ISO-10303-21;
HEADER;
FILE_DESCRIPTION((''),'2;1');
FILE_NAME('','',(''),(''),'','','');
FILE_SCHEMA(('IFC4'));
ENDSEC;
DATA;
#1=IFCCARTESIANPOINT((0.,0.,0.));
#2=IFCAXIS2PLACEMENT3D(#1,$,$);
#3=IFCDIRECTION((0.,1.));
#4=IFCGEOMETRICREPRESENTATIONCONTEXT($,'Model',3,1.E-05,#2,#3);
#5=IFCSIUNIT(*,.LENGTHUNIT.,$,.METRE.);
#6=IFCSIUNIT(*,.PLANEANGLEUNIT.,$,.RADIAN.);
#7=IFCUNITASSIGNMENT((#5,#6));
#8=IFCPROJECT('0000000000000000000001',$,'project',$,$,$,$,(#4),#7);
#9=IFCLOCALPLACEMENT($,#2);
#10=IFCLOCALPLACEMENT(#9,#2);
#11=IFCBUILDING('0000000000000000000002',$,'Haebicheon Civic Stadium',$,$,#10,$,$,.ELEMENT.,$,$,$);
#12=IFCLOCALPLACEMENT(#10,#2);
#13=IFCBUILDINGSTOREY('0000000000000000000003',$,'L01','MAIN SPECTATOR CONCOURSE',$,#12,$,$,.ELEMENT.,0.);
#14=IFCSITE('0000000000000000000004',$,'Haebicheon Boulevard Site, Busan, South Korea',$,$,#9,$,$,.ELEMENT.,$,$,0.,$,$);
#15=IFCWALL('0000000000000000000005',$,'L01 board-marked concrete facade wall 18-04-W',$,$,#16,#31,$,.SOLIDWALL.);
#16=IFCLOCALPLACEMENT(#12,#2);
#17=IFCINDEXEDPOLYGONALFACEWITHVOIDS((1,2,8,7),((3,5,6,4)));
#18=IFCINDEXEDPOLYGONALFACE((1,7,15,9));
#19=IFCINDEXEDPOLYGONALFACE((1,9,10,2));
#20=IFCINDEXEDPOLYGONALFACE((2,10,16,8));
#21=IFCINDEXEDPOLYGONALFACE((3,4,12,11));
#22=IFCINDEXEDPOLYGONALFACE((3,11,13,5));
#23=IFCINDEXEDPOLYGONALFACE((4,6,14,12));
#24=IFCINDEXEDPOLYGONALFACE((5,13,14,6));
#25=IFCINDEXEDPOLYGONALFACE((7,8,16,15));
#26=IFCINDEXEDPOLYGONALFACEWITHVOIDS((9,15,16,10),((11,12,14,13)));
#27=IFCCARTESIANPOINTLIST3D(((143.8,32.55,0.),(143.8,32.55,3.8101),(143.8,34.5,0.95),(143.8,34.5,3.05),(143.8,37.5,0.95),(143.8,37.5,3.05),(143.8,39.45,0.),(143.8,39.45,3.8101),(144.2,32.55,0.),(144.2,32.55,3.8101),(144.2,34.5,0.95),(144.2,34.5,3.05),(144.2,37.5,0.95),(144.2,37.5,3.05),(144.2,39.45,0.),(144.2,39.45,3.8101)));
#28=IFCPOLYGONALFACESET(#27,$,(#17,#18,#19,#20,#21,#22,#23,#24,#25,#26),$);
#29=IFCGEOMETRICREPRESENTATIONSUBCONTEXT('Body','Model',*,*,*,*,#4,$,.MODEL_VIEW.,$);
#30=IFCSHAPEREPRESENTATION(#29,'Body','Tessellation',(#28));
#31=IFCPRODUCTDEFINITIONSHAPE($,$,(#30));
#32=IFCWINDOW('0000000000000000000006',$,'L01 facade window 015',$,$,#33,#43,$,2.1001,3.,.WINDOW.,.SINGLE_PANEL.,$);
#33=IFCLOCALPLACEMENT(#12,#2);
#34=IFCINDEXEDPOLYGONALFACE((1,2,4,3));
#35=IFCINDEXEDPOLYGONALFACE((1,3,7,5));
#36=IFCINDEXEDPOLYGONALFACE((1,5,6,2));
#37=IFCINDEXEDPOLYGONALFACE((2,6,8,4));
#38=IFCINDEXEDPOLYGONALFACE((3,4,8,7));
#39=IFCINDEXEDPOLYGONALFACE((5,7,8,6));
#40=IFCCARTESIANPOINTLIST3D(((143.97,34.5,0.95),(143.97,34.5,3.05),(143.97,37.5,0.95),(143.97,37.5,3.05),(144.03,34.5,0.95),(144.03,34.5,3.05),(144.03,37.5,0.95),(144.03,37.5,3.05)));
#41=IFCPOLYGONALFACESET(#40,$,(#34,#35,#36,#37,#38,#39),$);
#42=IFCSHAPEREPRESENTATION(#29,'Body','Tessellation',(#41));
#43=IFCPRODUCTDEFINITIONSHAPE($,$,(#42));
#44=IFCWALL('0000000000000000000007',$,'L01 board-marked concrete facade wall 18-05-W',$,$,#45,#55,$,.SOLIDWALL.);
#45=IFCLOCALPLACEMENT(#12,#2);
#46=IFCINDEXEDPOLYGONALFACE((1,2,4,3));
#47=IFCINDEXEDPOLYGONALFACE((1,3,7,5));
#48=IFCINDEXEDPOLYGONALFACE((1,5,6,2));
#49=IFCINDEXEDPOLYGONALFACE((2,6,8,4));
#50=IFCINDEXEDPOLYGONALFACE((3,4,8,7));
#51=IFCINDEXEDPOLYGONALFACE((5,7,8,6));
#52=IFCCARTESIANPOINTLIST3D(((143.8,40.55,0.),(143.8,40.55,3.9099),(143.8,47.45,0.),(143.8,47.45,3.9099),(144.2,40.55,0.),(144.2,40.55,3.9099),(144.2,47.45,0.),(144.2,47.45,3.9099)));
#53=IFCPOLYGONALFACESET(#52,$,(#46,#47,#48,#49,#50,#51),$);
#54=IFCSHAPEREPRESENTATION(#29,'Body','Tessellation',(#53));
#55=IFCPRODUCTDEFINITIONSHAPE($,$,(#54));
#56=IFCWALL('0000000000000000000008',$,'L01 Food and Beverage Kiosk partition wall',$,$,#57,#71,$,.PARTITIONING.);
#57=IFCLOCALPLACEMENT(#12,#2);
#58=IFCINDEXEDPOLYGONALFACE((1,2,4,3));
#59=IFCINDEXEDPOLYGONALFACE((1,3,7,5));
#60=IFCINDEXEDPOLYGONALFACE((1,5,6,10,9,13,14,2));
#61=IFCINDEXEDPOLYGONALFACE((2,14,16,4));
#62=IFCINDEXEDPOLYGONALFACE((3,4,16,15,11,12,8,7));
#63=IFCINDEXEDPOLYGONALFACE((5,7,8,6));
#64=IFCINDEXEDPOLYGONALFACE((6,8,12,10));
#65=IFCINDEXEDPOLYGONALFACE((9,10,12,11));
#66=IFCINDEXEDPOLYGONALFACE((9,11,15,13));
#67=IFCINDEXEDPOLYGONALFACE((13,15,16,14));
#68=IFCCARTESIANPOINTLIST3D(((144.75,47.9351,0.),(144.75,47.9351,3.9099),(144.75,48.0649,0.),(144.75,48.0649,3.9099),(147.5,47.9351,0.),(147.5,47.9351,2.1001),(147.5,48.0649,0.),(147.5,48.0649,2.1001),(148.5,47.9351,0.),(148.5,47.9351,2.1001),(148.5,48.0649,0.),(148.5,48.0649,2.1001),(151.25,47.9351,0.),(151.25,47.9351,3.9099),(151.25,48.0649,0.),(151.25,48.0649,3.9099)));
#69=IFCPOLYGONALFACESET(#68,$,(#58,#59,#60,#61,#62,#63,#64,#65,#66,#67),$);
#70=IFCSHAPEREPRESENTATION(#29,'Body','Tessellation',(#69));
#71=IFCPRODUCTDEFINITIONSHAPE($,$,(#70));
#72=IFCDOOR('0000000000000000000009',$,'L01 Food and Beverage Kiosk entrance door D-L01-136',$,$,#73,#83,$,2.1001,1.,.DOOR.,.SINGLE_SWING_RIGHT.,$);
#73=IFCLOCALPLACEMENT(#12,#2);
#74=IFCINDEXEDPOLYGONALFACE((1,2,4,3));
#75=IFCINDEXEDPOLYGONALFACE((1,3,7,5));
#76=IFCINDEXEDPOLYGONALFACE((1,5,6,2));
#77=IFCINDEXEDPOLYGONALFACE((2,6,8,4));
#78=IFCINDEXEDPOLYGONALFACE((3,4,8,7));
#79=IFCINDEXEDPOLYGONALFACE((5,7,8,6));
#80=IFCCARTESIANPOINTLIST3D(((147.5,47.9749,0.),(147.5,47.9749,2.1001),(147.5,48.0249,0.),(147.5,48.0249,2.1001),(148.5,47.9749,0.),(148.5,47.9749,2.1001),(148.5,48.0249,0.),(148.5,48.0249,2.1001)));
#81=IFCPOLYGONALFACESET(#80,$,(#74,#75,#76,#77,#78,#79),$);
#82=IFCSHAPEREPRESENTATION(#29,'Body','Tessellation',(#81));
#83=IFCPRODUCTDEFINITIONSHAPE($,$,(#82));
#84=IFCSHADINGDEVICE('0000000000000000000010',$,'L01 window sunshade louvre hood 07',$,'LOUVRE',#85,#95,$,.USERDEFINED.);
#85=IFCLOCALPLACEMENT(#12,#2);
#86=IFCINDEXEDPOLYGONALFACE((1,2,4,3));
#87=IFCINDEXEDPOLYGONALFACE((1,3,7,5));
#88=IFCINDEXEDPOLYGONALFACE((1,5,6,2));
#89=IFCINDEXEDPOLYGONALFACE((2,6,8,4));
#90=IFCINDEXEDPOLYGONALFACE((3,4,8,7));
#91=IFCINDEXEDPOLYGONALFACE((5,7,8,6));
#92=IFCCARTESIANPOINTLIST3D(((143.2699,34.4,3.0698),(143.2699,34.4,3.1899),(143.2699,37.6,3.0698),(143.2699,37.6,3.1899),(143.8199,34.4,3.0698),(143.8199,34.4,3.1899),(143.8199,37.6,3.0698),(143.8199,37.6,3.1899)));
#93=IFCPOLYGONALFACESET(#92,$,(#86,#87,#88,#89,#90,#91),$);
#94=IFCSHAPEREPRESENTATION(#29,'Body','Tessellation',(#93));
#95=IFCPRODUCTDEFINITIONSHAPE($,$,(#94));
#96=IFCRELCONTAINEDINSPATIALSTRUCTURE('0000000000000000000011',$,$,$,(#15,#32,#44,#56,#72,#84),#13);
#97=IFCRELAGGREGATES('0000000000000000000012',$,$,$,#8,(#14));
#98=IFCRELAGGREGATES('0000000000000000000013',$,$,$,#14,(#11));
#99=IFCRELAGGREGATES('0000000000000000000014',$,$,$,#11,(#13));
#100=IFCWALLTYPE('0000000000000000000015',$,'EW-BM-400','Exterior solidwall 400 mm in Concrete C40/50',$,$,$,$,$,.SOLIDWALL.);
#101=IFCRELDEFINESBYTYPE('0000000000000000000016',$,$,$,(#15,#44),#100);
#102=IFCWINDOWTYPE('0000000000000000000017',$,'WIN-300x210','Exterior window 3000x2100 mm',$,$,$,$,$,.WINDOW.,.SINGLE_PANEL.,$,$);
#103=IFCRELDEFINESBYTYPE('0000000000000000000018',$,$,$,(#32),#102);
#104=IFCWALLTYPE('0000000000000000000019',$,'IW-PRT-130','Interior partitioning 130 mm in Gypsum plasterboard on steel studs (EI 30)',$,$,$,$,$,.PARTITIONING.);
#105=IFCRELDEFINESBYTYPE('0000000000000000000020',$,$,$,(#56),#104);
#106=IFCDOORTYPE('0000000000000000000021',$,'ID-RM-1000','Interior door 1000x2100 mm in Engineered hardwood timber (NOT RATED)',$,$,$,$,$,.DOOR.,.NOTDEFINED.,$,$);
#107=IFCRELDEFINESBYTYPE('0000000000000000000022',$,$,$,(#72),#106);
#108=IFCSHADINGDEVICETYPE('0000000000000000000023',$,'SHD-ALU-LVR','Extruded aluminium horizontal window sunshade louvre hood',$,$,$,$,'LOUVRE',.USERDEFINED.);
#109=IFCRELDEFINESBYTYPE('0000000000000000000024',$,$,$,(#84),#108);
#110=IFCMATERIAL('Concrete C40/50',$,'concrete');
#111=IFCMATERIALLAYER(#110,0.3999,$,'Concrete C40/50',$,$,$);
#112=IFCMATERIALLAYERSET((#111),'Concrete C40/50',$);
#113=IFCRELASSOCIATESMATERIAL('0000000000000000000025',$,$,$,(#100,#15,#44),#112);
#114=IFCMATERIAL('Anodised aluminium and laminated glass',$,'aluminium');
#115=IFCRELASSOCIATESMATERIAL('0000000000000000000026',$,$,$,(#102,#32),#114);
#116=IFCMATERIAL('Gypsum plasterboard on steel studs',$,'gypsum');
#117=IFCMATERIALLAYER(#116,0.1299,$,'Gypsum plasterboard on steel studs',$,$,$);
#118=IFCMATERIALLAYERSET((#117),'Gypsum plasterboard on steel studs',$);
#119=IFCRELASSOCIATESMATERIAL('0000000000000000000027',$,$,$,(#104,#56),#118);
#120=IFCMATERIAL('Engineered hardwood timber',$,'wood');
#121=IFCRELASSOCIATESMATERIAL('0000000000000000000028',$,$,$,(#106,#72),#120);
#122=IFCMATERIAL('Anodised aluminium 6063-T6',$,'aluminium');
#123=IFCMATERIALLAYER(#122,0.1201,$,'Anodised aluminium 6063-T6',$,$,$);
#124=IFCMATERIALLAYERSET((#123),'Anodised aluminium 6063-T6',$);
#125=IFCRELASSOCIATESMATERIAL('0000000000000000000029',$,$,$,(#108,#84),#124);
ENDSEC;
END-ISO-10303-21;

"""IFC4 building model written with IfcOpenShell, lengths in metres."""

from ifc_helpers import new_model, si_unit, direction, frame, frame_2d, origin, origin_2d, place, context, subcontext, project, spatial, rectangle, extrude, material, layer, layer_set, type_object, element, fill, save


model = new_model("IFC4")

# Units and contexts
model_context = context("Model", 3, precision=1e-05, world=origin(), true_north=direction((0.0, 1.0)))
body_context = subcontext(model_context, "Body", "Model", "MODEL_VIEW")
ifc_project = project(units=[si_unit("LENGTHUNIT", "METRE"), si_unit("PLANEANGLEUNIT", "RADIAN")], contexts=[model_context])

# Site, building, storey
site_placement = place(None, origin())
site = spatial("IfcSite", under=ifc_project, at=site_placement, Name="Haebicheon Boulevard Site, Busan, South Korea", CompositionType="ELEMENT", RefElevation=0.0)
building_placement = place(site_placement, origin())
building = spatial("IfcBuilding", under=site, at=building_placement, Name="Haebicheon Civic Stadium", CompositionType="ELEMENT")
storey_placement = place(building_placement, origin())
storey = spatial("IfcBuildingStorey", under=building, at=storey_placement, Name="L01", Description="MAIN SPECTATOR CONCOURSE", CompositionType="ELEMENT", Elevation=0.0)

# Shared definitions
ifc_material_1 = material(Name="Concrete C40/50", Category="concrete")
ifc_layer_1 = layer(ifc_material_1, 0.3999, Name="Concrete C40/50")
ifc_layer_set_1 = layer_set([ifc_layer_1], Name="Concrete C40/50")
wall_type_1 = type_object("IfcWallType", Name="EW-BM-400", Description="Exterior solidwall 400 mm in Concrete C40/50", PredefinedType="SOLIDWALL", material=ifc_layer_set_1)

# Wall, opening, window
wall_1_placement = place(storey_placement, frame((144.0, 32.55, 0.0), z_axis=(0.0, 0.0, 1.0), x_axis=(0.0, 1.0, 0.0)))
wall_1 = element("IfcWall", 1, at=wall_1_placement, inside=storey, type_object=wall_type_1, material=ifc_layer_set_1, Name="L01 board-marked concrete facade wall 18-04-W", PredefinedType="SOLIDWALL", context=body_context, shape_type="SweptSolid", body=[
    extrude(rectangle(XDim=6.8999, YDim=0.3999, at=frame_2d((3.45, 0.0))), origin(), (0.0, 0.0, 1.0), 3.8101),
])
opening_1_placement = place(wall_1_placement, frame((1.95, 0.0, 0.95)))
opening_1 = element("IfcOpeningElement", 2, at=opening_1_placement, cuts=wall_1, PredefinedType="OPENING", context=body_context, shape_type="SweptSolid", body=[
    extrude(rectangle(XDim=3.0, YDim=2.1001, at=frame_2d((1.5, 1.05))), frame((0.0, 0.21, 0.0), z_axis=(0.0, -1.0, 0.0), x_axis=(1.0, 0.0, 0.0)), (0.0, 0.0, 1.0), 0.4199),
])
ifc_material_2 = material(Name="Anodised aluminium and laminated glass", Category="aluminium")
window_type = type_object("IfcWindowType", Name="WIN-300x210", Description="Exterior window 3000x2100 mm", PartitioningType="SINGLE_PANEL", PredefinedType="WINDOW", material=ifc_material_2)
window_placement = place(opening_1_placement, origin())
window = element("IfcWindow", 3, at=window_placement, inside=storey, type_object=window_type, material=ifc_material_2, Name="L01 facade window 015", OverallHeight=2.1001, OverallWidth=3.0, PartitioningType="SINGLE_PANEL", PredefinedType="WINDOW", context=body_context, shape_type="SweptSolid", body=[
    extrude(rectangle(XDim=3.0, YDim=2.1001, at=frame_2d((1.5, 1.05))), frame((0.0, 0.03, 0.0), z_axis=(0.0, -1.0, 0.0), x_axis=(1.0, 0.0, 0.0)), (0.0, 0.0, 1.0), 0.0601),
])
fill(opening_1, window)

# Wall
wall_2_placement = place(storey_placement, frame((144.0, 40.55, 0.0), z_axis=(0.0, 0.0, 1.0), x_axis=(0.0, 1.0, 0.0)))
element("IfcWall", 4, at=wall_2_placement, inside=storey, type_object=wall_type_1, material=ifc_layer_set_1, Name="L01 board-marked concrete facade wall 18-05-W", PredefinedType="SOLIDWALL", context=body_context, shape_type="SweptSolid", body=[
    extrude(rectangle(XDim=6.8999, YDim=0.3999, at=frame_2d((3.45, 0.0))), origin(), (0.0, 0.0, 1.0), 3.9099),
])

# Wall, opening, door
ifc_material_3 = material(Name="Gypsum plasterboard on steel studs", Category="gypsum")
ifc_layer_2 = layer(ifc_material_3, 0.1299, Name="Gypsum plasterboard on steel studs")
ifc_layer_set_2 = layer_set([ifc_layer_2], Name="Gypsum plasterboard on steel studs")
wall_type_2 = type_object("IfcWallType", Name="IW-PRT-130", Description="Interior partitioning 130 mm in Gypsum plasterboard on steel studs (EI 30)", PredefinedType="PARTITIONING", material=ifc_layer_set_2)
wall_3_placement = place(storey_placement, frame((144.75, 48.0, 0.0), z_axis=(0.0, 0.0, 1.0), x_axis=(1.0, 0.0, 0.0)))
wall_3 = element("IfcWall", 5, at=wall_3_placement, inside=storey, type_object=wall_type_2, material=ifc_layer_set_2, Name="L01 Food and Beverage Kiosk partition wall", PredefinedType="PARTITIONING", context=body_context, shape_type="SweptSolid", body=[
    extrude(rectangle(XDim=6.5, YDim=0.1299, at=frame_2d((3.25, 0.0))), origin(), (0.0, 0.0, 1.0), 3.9099),
])
opening_2_placement = place(wall_3_placement, frame((2.75, 0.0, 0.0)))
opening_2 = element("IfcOpeningElement", 6, at=opening_2_placement, cuts=wall_3, PredefinedType="OPENING", context=body_context, shape_type="SweptSolid", body=[
    extrude(rectangle(XDim=1.0, YDim=2.1001, at=frame_2d((0.5, 1.05))), frame((0.0, 0.075, 0.0), z_axis=(0.0, -1.0, 0.0), x_axis=(1.0, 0.0, 0.0)), (0.0, 0.0, 1.0), 0.1499),
])
ifc_material_4 = material(Name="Engineered hardwood timber", Category="wood")
door_type = type_object("IfcDoorType", Name="ID-RM-1000", Description="Interior door 1000x2100 mm in Engineered hardwood timber (NOT RATED)", OperationType="NOTDEFINED", PredefinedType="DOOR", material=ifc_material_4)
door_placement = place(opening_2_placement, origin())
door = element("IfcDoor", 7, at=door_placement, inside=storey, type_object=door_type, material=ifc_material_4, Name="L01 Food and Beverage Kiosk entrance door D-L01-136", OperationType="SINGLE_SWING_RIGHT", OverallHeight=2.1001, OverallWidth=1.0, PredefinedType="DOOR", context=body_context, shape_type="SweptSolid", body=[
    extrude(rectangle(XDim=1.0, YDim=2.1001, at=frame_2d((0.5, 1.05))), frame((0.0, 0.0249, 0.0), z_axis=(0.0, -1.0, 0.0), x_axis=(1.0, 0.0, 0.0)), (0.0, 0.0, 1.0), 0.05),
])
fill(opening_2, door)

# Shading device
ifc_material_5 = material(Name="Anodised aluminium 6063-T6", Category="aluminium")
ifc_layer_3 = layer(ifc_material_5, 0.1201, Name="Anodised aluminium 6063-T6")
ifc_layer_set_3 = layer_set([ifc_layer_3], Name="Anodised aluminium 6063-T6")
shading_device_type = type_object("IfcShadingDeviceType", Name="SHD-ALU-LVR", Description="Extruded aluminium horizontal window sunshade louvre hood", ElementType="LOUVRE", PredefinedType="USERDEFINED", material=ifc_layer_set_3)
shading_device_placement = place(storey_placement, frame((143.5449, 36.0, 3.0698), z_axis=(0.0, 0.0, 1.0), x_axis=(1.0, 0.0, 0.0)))
element("IfcShadingDevice", 8, at=shading_device_placement, inside=storey, type_object=shading_device_type, material=ifc_layer_set_3, Name="L01 window sunshade louvre hood 07", ObjectType="LOUVRE", PredefinedType="USERDEFINED", context=body_context, shape_type="SweptSolid", body=[
    extrude(rectangle(XDim=0.55, YDim=3.2, at=origin_2d()), origin(), (0.0, 0.0, 1.0), 0.1201),
])

save(model, "model.ifc")
